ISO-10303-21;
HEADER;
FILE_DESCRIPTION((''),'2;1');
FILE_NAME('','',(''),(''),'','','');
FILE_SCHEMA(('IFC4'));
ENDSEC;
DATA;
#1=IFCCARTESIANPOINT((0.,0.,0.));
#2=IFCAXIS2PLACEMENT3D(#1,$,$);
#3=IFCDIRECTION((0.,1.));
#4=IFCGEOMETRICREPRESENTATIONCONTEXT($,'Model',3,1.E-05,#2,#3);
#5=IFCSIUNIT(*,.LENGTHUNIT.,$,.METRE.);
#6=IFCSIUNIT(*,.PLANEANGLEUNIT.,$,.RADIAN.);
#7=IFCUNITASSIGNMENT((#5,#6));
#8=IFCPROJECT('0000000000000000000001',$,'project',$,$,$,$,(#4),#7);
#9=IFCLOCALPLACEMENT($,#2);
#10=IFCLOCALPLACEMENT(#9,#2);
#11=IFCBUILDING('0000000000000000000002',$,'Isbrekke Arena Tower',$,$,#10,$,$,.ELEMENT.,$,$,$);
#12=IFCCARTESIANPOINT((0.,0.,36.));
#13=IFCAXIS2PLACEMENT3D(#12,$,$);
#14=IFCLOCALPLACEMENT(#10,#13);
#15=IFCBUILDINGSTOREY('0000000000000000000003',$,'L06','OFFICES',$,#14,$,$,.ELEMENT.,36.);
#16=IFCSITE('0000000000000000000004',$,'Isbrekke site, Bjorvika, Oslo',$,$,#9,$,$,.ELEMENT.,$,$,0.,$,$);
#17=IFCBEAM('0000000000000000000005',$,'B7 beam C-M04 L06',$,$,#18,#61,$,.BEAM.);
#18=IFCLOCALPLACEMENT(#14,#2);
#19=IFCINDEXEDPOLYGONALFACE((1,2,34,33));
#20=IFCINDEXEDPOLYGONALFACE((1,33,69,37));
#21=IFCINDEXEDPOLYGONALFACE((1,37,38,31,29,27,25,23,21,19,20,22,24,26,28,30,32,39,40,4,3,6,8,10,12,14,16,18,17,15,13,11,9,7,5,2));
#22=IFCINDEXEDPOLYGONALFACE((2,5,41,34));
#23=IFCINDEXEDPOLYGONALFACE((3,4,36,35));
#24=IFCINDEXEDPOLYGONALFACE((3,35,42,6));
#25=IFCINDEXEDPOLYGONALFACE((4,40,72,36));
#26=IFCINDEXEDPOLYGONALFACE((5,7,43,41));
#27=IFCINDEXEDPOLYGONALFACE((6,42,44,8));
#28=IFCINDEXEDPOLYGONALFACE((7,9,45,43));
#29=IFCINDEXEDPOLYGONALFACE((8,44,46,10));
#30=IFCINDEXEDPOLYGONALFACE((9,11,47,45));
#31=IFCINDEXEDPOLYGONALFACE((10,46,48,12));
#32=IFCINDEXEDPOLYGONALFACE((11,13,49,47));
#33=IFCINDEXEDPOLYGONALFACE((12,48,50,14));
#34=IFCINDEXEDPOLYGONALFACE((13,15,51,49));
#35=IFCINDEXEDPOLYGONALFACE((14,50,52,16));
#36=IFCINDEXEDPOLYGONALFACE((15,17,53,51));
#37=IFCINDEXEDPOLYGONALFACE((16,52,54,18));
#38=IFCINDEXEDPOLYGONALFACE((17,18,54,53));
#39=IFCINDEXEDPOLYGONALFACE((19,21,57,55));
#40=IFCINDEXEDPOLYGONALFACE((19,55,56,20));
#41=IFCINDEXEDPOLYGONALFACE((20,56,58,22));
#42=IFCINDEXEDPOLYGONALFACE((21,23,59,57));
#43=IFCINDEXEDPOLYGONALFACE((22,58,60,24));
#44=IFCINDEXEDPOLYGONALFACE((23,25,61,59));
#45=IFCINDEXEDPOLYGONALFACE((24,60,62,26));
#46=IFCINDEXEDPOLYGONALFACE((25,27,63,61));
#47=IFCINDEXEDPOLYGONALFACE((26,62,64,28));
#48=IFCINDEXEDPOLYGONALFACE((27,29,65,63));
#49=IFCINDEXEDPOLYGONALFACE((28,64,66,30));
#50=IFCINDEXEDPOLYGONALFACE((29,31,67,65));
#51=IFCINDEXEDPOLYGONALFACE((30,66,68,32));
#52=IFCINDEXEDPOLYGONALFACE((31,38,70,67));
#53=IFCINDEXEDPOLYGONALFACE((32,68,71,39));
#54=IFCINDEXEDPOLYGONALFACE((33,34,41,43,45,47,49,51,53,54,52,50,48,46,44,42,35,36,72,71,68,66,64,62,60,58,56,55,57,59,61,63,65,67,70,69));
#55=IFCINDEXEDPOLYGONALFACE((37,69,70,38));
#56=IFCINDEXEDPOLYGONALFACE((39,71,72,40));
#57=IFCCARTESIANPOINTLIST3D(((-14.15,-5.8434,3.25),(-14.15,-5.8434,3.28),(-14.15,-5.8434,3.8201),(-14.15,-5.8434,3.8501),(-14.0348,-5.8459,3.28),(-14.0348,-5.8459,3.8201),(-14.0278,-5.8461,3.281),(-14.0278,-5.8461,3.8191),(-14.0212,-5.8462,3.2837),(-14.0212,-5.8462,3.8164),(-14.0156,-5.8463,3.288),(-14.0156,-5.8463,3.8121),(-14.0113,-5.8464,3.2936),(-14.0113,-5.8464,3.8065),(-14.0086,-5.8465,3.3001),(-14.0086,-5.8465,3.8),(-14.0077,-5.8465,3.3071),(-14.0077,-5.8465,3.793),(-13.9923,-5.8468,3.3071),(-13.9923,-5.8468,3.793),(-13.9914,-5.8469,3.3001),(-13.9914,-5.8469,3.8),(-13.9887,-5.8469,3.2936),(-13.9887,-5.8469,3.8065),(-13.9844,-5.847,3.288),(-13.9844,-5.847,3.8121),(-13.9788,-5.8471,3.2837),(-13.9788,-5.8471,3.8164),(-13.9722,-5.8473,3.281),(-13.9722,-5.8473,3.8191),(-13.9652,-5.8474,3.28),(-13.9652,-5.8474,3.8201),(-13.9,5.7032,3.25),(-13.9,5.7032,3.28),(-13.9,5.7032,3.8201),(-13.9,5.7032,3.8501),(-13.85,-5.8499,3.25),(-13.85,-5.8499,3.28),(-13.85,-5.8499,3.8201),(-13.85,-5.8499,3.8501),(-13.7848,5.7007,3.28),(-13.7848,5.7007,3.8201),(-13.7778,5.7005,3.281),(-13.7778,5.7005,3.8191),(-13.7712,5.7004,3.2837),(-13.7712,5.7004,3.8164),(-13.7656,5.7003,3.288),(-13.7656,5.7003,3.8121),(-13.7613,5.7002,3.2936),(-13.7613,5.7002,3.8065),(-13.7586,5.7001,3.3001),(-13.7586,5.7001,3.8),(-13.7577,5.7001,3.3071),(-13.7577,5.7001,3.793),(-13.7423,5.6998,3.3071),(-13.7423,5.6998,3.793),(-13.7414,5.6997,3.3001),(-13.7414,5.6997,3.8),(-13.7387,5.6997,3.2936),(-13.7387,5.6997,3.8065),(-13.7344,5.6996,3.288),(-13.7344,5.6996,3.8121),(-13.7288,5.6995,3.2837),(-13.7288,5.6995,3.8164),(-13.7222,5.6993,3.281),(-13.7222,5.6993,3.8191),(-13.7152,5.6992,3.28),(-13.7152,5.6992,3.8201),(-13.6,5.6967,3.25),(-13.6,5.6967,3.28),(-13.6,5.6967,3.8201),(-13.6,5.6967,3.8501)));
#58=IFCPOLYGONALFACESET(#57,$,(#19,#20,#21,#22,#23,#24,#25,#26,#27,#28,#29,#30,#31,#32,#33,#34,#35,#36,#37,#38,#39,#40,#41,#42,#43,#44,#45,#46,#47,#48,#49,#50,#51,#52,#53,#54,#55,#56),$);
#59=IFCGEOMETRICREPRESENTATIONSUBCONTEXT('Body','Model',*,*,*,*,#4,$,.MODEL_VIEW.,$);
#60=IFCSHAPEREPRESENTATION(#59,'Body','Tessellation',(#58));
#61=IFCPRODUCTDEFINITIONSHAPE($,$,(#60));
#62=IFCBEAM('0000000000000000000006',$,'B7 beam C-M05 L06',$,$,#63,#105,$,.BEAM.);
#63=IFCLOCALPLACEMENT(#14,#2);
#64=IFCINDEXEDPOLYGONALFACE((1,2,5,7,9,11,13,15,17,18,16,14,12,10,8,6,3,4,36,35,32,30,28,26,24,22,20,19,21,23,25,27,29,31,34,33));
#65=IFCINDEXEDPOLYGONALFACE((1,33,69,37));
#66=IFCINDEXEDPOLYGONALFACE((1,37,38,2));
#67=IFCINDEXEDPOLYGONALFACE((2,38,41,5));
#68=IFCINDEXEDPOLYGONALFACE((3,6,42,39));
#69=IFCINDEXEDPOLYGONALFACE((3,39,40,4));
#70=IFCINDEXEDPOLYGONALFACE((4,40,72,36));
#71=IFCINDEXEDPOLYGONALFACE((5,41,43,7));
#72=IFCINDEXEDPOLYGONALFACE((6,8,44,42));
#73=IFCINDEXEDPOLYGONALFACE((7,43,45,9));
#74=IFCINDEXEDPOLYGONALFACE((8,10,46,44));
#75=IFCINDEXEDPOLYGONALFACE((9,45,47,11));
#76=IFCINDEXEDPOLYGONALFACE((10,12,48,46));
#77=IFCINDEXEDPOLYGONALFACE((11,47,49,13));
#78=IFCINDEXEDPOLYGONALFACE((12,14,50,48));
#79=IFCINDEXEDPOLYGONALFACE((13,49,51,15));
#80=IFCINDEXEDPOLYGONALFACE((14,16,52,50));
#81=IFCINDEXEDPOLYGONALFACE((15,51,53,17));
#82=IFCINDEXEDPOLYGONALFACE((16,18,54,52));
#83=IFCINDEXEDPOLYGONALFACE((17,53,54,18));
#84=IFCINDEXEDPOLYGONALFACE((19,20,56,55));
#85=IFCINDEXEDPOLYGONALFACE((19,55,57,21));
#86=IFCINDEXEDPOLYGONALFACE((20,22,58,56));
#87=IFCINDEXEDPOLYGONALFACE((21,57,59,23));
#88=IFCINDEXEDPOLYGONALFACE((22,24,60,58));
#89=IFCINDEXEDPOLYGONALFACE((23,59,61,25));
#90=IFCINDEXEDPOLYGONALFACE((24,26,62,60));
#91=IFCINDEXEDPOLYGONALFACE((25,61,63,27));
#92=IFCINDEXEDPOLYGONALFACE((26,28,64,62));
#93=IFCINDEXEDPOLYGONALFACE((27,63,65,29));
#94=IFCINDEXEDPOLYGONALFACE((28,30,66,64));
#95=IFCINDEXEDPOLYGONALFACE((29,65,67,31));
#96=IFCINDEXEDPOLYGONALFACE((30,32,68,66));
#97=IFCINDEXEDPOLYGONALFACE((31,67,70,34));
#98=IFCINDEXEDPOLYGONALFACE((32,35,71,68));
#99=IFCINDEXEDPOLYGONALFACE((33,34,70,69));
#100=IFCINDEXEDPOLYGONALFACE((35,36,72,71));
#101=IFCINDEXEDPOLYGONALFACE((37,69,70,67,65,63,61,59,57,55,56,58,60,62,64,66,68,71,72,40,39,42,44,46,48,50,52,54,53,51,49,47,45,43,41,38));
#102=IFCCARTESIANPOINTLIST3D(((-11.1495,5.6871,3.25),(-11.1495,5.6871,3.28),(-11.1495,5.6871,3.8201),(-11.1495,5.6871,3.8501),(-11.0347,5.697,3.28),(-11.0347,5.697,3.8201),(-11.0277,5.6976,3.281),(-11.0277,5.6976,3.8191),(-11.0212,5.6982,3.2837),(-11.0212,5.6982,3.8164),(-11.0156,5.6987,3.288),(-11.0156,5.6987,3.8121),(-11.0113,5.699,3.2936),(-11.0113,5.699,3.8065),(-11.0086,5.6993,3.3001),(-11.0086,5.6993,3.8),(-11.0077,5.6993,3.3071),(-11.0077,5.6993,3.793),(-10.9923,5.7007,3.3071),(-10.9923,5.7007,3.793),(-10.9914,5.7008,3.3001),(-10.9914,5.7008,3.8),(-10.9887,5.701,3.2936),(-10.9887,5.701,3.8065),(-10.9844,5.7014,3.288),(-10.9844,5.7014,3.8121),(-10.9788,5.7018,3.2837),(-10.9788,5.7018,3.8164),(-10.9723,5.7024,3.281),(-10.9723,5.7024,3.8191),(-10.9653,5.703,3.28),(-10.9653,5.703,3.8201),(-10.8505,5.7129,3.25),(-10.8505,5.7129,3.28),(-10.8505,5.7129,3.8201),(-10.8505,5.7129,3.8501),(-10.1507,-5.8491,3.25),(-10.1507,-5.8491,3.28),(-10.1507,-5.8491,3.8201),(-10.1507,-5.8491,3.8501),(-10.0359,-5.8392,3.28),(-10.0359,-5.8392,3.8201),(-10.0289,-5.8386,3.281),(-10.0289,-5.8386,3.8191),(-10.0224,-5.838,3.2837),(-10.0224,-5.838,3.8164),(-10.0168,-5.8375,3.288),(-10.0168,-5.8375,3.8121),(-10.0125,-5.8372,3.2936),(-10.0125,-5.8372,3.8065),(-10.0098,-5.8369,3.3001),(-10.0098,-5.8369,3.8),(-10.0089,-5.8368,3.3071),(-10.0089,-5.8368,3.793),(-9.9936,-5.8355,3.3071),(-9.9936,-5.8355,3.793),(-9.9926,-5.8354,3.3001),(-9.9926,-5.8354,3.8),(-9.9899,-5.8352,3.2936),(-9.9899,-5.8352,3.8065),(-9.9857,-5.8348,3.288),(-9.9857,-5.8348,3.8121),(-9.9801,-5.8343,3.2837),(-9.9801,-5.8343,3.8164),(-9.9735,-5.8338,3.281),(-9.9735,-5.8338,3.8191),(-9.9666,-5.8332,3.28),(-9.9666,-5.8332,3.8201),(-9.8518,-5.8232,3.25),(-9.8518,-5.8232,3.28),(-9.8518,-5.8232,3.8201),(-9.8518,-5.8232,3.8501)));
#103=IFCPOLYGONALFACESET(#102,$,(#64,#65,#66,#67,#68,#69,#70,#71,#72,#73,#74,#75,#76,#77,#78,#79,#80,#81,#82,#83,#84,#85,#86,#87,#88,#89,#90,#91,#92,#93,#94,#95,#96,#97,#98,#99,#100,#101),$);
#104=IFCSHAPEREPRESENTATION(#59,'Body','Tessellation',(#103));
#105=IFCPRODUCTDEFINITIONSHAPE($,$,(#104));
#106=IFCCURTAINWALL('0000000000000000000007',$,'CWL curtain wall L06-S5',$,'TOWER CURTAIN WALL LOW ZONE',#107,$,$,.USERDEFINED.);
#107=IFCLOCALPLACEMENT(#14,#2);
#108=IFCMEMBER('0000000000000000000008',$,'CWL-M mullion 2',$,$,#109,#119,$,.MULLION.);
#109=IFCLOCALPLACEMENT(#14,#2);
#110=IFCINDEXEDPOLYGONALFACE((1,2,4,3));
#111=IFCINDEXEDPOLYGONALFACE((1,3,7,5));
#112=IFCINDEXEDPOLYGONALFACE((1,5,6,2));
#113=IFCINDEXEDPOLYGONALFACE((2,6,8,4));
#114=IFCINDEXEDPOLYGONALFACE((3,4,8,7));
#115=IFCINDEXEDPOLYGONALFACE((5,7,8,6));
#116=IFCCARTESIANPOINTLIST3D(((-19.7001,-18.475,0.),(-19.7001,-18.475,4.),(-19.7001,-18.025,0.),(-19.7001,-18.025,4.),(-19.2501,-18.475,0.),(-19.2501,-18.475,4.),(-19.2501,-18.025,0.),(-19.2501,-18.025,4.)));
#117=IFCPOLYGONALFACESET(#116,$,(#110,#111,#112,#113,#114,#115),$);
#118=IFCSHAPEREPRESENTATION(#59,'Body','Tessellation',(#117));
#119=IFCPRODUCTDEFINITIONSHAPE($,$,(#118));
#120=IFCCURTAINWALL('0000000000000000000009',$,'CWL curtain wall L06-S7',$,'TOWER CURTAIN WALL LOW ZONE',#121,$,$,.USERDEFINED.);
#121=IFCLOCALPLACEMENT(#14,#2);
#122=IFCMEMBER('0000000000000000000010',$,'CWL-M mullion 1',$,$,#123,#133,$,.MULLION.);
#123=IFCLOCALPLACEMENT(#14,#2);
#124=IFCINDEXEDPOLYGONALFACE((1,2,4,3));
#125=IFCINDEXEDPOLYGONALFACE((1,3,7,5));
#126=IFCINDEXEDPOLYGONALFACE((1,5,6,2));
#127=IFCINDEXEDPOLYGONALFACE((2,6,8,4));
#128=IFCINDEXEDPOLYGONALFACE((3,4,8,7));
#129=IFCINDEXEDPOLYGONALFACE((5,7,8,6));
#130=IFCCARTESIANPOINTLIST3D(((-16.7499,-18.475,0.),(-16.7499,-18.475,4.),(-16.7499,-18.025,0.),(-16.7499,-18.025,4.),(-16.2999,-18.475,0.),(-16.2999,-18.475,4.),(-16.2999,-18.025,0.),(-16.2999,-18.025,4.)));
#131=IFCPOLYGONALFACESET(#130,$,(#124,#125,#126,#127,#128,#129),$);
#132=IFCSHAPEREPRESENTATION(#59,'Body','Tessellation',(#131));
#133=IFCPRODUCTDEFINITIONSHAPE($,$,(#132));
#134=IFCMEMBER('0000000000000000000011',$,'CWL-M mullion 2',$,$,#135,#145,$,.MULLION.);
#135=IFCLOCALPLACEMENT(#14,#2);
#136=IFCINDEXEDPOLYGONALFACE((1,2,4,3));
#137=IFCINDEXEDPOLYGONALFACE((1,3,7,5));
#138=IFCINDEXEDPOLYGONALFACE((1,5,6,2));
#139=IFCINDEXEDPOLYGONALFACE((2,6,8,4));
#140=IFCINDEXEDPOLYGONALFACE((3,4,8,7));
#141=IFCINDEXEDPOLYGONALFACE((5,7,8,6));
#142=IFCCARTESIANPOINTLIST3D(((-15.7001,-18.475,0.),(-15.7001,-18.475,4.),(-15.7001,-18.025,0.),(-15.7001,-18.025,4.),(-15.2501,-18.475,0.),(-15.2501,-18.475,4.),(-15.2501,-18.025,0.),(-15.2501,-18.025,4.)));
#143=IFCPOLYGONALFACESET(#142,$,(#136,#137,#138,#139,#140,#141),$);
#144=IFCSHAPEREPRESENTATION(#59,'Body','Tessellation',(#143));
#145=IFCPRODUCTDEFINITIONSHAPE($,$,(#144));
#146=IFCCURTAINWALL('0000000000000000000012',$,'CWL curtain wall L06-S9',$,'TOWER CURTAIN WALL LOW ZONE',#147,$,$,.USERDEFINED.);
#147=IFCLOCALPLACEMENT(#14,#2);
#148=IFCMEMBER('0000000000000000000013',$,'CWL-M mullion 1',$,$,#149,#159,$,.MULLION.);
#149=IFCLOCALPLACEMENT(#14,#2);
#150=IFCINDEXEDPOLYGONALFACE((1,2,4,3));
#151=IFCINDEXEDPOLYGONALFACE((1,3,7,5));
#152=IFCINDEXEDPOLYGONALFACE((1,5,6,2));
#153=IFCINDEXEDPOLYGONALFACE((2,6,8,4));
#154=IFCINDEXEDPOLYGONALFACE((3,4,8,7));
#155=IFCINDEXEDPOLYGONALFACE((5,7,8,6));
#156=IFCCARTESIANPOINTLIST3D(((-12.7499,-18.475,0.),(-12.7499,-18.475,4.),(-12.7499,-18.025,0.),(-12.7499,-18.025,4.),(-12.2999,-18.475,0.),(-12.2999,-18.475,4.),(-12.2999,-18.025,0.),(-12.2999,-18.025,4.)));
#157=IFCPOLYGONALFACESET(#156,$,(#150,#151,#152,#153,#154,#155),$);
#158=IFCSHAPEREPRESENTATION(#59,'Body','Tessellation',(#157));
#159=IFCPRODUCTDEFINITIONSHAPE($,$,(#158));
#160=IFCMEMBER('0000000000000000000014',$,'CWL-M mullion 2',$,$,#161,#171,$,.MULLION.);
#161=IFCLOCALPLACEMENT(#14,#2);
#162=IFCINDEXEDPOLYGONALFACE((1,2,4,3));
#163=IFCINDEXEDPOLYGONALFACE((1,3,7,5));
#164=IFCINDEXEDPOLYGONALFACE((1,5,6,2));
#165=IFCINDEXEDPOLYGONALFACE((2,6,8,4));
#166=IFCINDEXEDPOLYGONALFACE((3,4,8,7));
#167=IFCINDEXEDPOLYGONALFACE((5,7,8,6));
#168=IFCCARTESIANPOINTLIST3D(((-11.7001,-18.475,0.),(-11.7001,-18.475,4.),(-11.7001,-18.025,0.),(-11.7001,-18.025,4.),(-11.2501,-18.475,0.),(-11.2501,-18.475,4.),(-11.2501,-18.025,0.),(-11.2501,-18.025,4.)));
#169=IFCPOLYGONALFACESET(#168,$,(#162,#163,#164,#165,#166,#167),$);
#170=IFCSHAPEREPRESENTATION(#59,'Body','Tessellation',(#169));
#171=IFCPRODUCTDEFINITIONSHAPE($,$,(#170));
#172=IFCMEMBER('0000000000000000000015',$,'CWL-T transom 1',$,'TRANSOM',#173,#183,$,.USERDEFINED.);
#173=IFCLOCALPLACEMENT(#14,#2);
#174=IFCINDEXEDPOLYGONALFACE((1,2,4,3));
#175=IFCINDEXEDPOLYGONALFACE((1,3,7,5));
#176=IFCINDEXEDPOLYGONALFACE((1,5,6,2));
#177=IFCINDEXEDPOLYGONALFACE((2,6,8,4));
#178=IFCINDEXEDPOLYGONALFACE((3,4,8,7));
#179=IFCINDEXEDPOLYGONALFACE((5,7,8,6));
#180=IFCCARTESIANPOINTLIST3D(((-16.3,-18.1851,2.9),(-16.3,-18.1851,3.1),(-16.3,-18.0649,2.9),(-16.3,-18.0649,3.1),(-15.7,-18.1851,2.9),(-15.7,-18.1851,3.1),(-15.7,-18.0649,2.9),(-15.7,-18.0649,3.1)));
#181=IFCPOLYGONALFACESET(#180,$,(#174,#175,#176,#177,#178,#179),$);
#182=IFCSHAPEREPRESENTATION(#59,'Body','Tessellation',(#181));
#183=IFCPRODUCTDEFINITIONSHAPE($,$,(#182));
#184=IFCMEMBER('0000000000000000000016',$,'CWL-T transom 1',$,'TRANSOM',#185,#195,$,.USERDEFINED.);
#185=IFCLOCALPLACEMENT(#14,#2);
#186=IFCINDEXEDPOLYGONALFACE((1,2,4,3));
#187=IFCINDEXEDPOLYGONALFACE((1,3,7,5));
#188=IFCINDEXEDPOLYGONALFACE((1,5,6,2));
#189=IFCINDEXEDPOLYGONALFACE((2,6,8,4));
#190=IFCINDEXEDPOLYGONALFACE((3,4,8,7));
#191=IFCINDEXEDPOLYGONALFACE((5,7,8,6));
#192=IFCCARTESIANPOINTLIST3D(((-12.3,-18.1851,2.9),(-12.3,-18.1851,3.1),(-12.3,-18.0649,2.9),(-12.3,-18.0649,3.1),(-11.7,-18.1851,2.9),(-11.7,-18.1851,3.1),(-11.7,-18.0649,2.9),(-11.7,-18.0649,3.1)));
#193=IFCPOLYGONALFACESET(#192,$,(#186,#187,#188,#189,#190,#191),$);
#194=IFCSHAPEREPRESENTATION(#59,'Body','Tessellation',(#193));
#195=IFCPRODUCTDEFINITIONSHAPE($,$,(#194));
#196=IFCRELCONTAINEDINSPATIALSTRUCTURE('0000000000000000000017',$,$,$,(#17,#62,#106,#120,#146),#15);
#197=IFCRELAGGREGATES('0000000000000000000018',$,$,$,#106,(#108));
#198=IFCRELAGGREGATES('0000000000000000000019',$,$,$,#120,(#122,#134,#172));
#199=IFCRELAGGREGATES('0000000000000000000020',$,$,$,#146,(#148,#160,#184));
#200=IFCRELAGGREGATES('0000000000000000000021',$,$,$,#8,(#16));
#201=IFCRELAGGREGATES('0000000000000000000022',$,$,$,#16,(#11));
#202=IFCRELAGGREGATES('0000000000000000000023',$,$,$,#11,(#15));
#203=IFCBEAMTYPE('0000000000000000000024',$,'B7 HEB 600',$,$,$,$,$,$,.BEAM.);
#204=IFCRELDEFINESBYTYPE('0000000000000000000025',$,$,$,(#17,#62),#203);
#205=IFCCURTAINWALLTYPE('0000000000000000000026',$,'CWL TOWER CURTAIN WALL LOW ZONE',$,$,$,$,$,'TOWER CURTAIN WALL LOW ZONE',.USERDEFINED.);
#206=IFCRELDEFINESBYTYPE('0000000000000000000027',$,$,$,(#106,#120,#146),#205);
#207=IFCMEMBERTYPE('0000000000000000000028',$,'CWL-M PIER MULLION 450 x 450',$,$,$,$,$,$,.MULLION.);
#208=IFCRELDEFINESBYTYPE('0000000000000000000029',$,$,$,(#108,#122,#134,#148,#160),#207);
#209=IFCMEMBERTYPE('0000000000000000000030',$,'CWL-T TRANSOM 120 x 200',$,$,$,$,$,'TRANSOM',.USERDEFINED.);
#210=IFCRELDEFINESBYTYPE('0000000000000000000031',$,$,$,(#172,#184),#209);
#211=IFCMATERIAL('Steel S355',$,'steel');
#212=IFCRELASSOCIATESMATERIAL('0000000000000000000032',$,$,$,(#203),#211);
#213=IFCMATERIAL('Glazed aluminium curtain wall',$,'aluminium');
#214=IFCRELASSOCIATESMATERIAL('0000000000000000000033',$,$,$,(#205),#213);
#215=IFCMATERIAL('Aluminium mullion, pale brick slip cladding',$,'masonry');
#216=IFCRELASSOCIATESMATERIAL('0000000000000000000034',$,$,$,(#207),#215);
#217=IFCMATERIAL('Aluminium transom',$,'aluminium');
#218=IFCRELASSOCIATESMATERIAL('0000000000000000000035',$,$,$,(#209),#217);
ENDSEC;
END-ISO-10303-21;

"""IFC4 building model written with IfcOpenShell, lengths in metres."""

from ifc_helpers import new_model, si_unit, direction, frame, origin, origin_2d, place, context, subcontext, project, spatial, rectangle, i_section, extrude, material, material_profile, profile_set, type_object, element, aggregate, save


model = new_model("IFC4")

# Units and contexts
model_context = context("Model", 3, precision=1e-05, world=origin(), true_north=direction((0.0, 1.0)))
body_context = subcontext(model_context, "Body", "Model", "MODEL_VIEW")
ifc_project = project(units=[si_unit("LENGTHUNIT", "METRE"), si_unit("PLANEANGLEUNIT", "RADIAN")], contexts=[model_context])

# Site, building, storey
site_placement = place(None, origin())
site = spatial("IfcSite", under=ifc_project, at=site_placement, Name="Isbrekke site, Bjorvika, Oslo", CompositionType="ELEMENT", RefElevation=0.0)
building_placement = place(site_placement, origin())
building = spatial("IfcBuilding", under=site, at=building_placement, Name="Isbrekke Arena Tower", CompositionType="ELEMENT")
storey_placement = place(building_placement, frame((0.0, 0.0, 36.0)))
storey = spatial("IfcBuildingStorey", under=building, at=storey_placement, Name="L06", Description="OFFICES", CompositionType="ELEMENT", Elevation=36.0)

# Beams
ifc_material_1 = material(Name="Steel S355", Category="steel")
ifc_material_profile_1 = material_profile(ifc_material_1, i_section(OverallWidth=0.3, OverallDepth=0.6001, WebThickness=0.0154, FlangeThickness=0.03, FilletRadius=0.0271, at=origin_2d()), Name="HEB 600")
ifc_profile_set_1 = profile_set([ifc_material_profile_1], Name="Steel S355")
beam_type_1 = type_object("IfcBeamType", Name="B7 HEB 600", PredefinedType="BEAM", material=ifc_profile_set_1)
beam_1_placement = place(storey_placement, frame((-14.0, -5.8467, 3.55), z_axis=(0.021646, 0.999766, 0.0), x_axis=(-0.999766, 0.021646, 0.0)))
element("IfcBeam", 1, at=beam_1_placement, inside=storey, type_object=beam_type_1, Name="B7 beam C-M04 L06", PredefinedType="BEAM", context=body_context, shape_type="SweptSolid", body=[
    extrude(i_section(OverallWidth=0.3, OverallDepth=0.6001, WebThickness=0.0154, FlangeThickness=0.03, FilletRadius=0.0271, at=origin_2d()), origin(), (0.0, 0.0, 1.0), 11.5493),
])
beam_2_placement = place(storey_placement, frame((-10.0012, -5.8362, 3.55), z_axis=(-0.086256, 0.996273, 0.0), x_axis=(-0.996273, -0.086256, 0.0)))
element("IfcBeam", 2, at=beam_2_placement, inside=storey, type_object=beam_type_1, Name="B7 beam C-M05 L06", PredefinedType="BEAM", context=body_context, shape_type="SweptSolid", body=[
    extrude(i_section(OverallWidth=0.3, OverallDepth=0.6001, WebThickness=0.0154, FlangeThickness=0.03, FilletRadius=0.0271, at=origin_2d()), origin(), (0.0, 0.0, 1.0), 11.5793),
])

# Curtain wall, member
ifc_material_2 = material(Name="Glazed aluminium curtain wall", Category="aluminium")
curtain_wall_type = type_object("IfcCurtainWallType", Name="CWL TOWER CURTAIN WALL LOW ZONE", ElementType="TOWER CURTAIN WALL LOW ZONE", PredefinedType="USERDEFINED", material=ifc_material_2)
curtain_wall_1_placement = place(storey_placement, origin())
curtain_wall_1 = element("IfcCurtainWall", 3, at=curtain_wall_1_placement, inside=storey, type_object=curtain_wall_type, Name="CWL curtain wall L06-S5", ObjectType="TOWER CURTAIN WALL LOW ZONE", PredefinedType="USERDEFINED")
ifc_material_3 = material(Name="Aluminium mullion, pale brick slip cladding", Category="masonry")
ifc_material_profile_2 = material_profile(ifc_material_3, rectangle(XDim=0.45, YDim=0.45, at=origin_2d()), Name="PIER 450X450")
ifc_profile_set_2 = profile_set([ifc_material_profile_2], Name="Aluminium mullion, pale brick slip cladding")
member_type_1 = type_object("IfcMemberType", Name="CWL-M PIER MULLION 450 x 450", PredefinedType="MULLION", material=ifc_profile_set_2)
member_1_placement = place(storey_placement, frame((-19.4751, -18.25, 0.0), z_axis=(0.0, 0.0, 1.0), x_axis=(1.0, 0.0, 0.0)))
member_1 = element("IfcMember", 4, at=member_1_placement, type_object=member_type_1, Name="CWL-M mullion 2", PredefinedType="MULLION", context=body_context, shape_type="SweptSolid", body=[
    extrude(rectangle(XDim=0.45, YDim=0.45, at=origin_2d()), origin(), (0.0, 0.0, 1.0), 4.0),
])
aggregate(curtain_wall_1, [member_1])

# Curtain walls, members
curtain_wall_2_placement = place(storey_placement, origin())
curtain_wall_2 = element("IfcCurtainWall", 5, at=curtain_wall_2_placement, inside=storey, type_object=curtain_wall_type, Name="CWL curtain wall L06-S7", ObjectType="TOWER CURTAIN WALL LOW ZONE", PredefinedType="USERDEFINED")
member_2_placement = place(storey_placement, frame((-16.5249, -18.25, 0.0), z_axis=(0.0, 0.0, 1.0), x_axis=(1.0, 0.0, 0.0)))
member_2 = element("IfcMember", 6, at=member_2_placement, type_object=member_type_1, Name="CWL-M mullion 1", PredefinedType="MULLION", context=body_context, shape_type="SweptSolid", body=[
    extrude(rectangle(XDim=0.45, YDim=0.45, at=origin_2d()), origin(), (0.0, 0.0, 1.0), 4.0),
])
member_3_placement = place(storey_placement, frame((-15.4751, -18.25, 0.0), z_axis=(0.0, 0.0, 1.0), x_axis=(1.0, 0.0, 0.0)))
member_3 = element("IfcMember", 7, at=member_3_placement, type_object=member_type_1, Name="CWL-M mullion 2", PredefinedType="MULLION", context=body_context, shape_type="SweptSolid", body=[
    extrude(rectangle(XDim=0.45, YDim=0.45, at=origin_2d()), origin(), (0.0, 0.0, 1.0), 4.0),
])
curtain_wall_3_placement = place(storey_placement, origin())
curtain_wall_3 = element("IfcCurtainWall", 8, at=curtain_wall_3_placement, inside=storey, type_object=curtain_wall_type, Name="CWL curtain wall L06-S9", ObjectType="TOWER CURTAIN WALL LOW ZONE", PredefinedType="USERDEFINED")
member_4_placement = place(storey_placement, frame((-12.5249, -18.25, 0.0), z_axis=(0.0, 0.0, 1.0), x_axis=(1.0, 0.0, 0.0)))
member_4 = element("IfcMember", 9, at=member_4_placement, type_object=member_type_1, Name="CWL-M mullion 1", PredefinedType="MULLION", context=body_context, shape_type="SweptSolid", body=[
    extrude(rectangle(XDim=0.45, YDim=0.45, at=origin_2d()), origin(), (0.0, 0.0, 1.0), 4.0),
])
member_5_placement = place(storey_placement, frame((-11.4751, -18.25, 0.0), z_axis=(0.0, 0.0, 1.0), x_axis=(1.0, 0.0, 0.0)))
member_5 = element("IfcMember", 10, at=member_5_placement, type_object=member_type_1, Name="CWL-M mullion 2", PredefinedType="MULLION", context=body_context, shape_type="SweptSolid", body=[
    extrude(rectangle(XDim=0.45, YDim=0.45, at=origin_2d()), origin(), (0.0, 0.0, 1.0), 4.0),
])

# Members
ifc_material_4 = material(Name="Aluminium transom", Category="aluminium")
ifc_material_profile_3 = material_profile(ifc_material_4, rectangle(XDim=0.1201, YDim=0.2, at=origin_2d()), Name="TRANSOM 120X200")
ifc_profile_set_3 = profile_set([ifc_material_profile_3], Name="Aluminium transom")
member_type_2 = type_object("IfcMemberType", Name="CWL-T TRANSOM 120 x 200", ElementType="TRANSOM", PredefinedType="USERDEFINED", material=ifc_profile_set_3)
member_6_placement = place(storey_placement, frame((-16.3, -18.125, 3.0), z_axis=(1.0, 0.0, 0.0), x_axis=(0.0, 1.0, 0.0)))
member_6 = element("IfcMember", 11, at=member_6_placement, type_object=member_type_2, Name="CWL-T transom 1", ObjectType="TRANSOM", PredefinedType="USERDEFINED", context=body_context, shape_type="SweptSolid", body=[
    extrude(rectangle(XDim=0.1201, YDim=0.2, at=origin_2d()), origin(), (0.0, 0.0, 1.0), 0.6001),
])
member_7_placement = place(storey_placement, frame((-12.3, -18.125, 3.0), z_axis=(1.0, 0.0, 0.0), x_axis=(0.0, 1.0, 0.0)))
member_7 = element("IfcMember", 12, at=member_7_placement, type_object=member_type_2, Name="CWL-T transom 1", ObjectType="TRANSOM", PredefinedType="USERDEFINED", context=body_context, shape_type="SweptSolid", body=[
    extrude(rectangle(XDim=0.1201, YDim=0.2, at=origin_2d()), origin(), (0.0, 0.0, 1.0), 0.6001),
])

aggregate(curtain_wall_2, [member_2, member_3, member_6])
aggregate(curtain_wall_3, [member_4, member_5, member_7])

save(model, "model.ifc")
